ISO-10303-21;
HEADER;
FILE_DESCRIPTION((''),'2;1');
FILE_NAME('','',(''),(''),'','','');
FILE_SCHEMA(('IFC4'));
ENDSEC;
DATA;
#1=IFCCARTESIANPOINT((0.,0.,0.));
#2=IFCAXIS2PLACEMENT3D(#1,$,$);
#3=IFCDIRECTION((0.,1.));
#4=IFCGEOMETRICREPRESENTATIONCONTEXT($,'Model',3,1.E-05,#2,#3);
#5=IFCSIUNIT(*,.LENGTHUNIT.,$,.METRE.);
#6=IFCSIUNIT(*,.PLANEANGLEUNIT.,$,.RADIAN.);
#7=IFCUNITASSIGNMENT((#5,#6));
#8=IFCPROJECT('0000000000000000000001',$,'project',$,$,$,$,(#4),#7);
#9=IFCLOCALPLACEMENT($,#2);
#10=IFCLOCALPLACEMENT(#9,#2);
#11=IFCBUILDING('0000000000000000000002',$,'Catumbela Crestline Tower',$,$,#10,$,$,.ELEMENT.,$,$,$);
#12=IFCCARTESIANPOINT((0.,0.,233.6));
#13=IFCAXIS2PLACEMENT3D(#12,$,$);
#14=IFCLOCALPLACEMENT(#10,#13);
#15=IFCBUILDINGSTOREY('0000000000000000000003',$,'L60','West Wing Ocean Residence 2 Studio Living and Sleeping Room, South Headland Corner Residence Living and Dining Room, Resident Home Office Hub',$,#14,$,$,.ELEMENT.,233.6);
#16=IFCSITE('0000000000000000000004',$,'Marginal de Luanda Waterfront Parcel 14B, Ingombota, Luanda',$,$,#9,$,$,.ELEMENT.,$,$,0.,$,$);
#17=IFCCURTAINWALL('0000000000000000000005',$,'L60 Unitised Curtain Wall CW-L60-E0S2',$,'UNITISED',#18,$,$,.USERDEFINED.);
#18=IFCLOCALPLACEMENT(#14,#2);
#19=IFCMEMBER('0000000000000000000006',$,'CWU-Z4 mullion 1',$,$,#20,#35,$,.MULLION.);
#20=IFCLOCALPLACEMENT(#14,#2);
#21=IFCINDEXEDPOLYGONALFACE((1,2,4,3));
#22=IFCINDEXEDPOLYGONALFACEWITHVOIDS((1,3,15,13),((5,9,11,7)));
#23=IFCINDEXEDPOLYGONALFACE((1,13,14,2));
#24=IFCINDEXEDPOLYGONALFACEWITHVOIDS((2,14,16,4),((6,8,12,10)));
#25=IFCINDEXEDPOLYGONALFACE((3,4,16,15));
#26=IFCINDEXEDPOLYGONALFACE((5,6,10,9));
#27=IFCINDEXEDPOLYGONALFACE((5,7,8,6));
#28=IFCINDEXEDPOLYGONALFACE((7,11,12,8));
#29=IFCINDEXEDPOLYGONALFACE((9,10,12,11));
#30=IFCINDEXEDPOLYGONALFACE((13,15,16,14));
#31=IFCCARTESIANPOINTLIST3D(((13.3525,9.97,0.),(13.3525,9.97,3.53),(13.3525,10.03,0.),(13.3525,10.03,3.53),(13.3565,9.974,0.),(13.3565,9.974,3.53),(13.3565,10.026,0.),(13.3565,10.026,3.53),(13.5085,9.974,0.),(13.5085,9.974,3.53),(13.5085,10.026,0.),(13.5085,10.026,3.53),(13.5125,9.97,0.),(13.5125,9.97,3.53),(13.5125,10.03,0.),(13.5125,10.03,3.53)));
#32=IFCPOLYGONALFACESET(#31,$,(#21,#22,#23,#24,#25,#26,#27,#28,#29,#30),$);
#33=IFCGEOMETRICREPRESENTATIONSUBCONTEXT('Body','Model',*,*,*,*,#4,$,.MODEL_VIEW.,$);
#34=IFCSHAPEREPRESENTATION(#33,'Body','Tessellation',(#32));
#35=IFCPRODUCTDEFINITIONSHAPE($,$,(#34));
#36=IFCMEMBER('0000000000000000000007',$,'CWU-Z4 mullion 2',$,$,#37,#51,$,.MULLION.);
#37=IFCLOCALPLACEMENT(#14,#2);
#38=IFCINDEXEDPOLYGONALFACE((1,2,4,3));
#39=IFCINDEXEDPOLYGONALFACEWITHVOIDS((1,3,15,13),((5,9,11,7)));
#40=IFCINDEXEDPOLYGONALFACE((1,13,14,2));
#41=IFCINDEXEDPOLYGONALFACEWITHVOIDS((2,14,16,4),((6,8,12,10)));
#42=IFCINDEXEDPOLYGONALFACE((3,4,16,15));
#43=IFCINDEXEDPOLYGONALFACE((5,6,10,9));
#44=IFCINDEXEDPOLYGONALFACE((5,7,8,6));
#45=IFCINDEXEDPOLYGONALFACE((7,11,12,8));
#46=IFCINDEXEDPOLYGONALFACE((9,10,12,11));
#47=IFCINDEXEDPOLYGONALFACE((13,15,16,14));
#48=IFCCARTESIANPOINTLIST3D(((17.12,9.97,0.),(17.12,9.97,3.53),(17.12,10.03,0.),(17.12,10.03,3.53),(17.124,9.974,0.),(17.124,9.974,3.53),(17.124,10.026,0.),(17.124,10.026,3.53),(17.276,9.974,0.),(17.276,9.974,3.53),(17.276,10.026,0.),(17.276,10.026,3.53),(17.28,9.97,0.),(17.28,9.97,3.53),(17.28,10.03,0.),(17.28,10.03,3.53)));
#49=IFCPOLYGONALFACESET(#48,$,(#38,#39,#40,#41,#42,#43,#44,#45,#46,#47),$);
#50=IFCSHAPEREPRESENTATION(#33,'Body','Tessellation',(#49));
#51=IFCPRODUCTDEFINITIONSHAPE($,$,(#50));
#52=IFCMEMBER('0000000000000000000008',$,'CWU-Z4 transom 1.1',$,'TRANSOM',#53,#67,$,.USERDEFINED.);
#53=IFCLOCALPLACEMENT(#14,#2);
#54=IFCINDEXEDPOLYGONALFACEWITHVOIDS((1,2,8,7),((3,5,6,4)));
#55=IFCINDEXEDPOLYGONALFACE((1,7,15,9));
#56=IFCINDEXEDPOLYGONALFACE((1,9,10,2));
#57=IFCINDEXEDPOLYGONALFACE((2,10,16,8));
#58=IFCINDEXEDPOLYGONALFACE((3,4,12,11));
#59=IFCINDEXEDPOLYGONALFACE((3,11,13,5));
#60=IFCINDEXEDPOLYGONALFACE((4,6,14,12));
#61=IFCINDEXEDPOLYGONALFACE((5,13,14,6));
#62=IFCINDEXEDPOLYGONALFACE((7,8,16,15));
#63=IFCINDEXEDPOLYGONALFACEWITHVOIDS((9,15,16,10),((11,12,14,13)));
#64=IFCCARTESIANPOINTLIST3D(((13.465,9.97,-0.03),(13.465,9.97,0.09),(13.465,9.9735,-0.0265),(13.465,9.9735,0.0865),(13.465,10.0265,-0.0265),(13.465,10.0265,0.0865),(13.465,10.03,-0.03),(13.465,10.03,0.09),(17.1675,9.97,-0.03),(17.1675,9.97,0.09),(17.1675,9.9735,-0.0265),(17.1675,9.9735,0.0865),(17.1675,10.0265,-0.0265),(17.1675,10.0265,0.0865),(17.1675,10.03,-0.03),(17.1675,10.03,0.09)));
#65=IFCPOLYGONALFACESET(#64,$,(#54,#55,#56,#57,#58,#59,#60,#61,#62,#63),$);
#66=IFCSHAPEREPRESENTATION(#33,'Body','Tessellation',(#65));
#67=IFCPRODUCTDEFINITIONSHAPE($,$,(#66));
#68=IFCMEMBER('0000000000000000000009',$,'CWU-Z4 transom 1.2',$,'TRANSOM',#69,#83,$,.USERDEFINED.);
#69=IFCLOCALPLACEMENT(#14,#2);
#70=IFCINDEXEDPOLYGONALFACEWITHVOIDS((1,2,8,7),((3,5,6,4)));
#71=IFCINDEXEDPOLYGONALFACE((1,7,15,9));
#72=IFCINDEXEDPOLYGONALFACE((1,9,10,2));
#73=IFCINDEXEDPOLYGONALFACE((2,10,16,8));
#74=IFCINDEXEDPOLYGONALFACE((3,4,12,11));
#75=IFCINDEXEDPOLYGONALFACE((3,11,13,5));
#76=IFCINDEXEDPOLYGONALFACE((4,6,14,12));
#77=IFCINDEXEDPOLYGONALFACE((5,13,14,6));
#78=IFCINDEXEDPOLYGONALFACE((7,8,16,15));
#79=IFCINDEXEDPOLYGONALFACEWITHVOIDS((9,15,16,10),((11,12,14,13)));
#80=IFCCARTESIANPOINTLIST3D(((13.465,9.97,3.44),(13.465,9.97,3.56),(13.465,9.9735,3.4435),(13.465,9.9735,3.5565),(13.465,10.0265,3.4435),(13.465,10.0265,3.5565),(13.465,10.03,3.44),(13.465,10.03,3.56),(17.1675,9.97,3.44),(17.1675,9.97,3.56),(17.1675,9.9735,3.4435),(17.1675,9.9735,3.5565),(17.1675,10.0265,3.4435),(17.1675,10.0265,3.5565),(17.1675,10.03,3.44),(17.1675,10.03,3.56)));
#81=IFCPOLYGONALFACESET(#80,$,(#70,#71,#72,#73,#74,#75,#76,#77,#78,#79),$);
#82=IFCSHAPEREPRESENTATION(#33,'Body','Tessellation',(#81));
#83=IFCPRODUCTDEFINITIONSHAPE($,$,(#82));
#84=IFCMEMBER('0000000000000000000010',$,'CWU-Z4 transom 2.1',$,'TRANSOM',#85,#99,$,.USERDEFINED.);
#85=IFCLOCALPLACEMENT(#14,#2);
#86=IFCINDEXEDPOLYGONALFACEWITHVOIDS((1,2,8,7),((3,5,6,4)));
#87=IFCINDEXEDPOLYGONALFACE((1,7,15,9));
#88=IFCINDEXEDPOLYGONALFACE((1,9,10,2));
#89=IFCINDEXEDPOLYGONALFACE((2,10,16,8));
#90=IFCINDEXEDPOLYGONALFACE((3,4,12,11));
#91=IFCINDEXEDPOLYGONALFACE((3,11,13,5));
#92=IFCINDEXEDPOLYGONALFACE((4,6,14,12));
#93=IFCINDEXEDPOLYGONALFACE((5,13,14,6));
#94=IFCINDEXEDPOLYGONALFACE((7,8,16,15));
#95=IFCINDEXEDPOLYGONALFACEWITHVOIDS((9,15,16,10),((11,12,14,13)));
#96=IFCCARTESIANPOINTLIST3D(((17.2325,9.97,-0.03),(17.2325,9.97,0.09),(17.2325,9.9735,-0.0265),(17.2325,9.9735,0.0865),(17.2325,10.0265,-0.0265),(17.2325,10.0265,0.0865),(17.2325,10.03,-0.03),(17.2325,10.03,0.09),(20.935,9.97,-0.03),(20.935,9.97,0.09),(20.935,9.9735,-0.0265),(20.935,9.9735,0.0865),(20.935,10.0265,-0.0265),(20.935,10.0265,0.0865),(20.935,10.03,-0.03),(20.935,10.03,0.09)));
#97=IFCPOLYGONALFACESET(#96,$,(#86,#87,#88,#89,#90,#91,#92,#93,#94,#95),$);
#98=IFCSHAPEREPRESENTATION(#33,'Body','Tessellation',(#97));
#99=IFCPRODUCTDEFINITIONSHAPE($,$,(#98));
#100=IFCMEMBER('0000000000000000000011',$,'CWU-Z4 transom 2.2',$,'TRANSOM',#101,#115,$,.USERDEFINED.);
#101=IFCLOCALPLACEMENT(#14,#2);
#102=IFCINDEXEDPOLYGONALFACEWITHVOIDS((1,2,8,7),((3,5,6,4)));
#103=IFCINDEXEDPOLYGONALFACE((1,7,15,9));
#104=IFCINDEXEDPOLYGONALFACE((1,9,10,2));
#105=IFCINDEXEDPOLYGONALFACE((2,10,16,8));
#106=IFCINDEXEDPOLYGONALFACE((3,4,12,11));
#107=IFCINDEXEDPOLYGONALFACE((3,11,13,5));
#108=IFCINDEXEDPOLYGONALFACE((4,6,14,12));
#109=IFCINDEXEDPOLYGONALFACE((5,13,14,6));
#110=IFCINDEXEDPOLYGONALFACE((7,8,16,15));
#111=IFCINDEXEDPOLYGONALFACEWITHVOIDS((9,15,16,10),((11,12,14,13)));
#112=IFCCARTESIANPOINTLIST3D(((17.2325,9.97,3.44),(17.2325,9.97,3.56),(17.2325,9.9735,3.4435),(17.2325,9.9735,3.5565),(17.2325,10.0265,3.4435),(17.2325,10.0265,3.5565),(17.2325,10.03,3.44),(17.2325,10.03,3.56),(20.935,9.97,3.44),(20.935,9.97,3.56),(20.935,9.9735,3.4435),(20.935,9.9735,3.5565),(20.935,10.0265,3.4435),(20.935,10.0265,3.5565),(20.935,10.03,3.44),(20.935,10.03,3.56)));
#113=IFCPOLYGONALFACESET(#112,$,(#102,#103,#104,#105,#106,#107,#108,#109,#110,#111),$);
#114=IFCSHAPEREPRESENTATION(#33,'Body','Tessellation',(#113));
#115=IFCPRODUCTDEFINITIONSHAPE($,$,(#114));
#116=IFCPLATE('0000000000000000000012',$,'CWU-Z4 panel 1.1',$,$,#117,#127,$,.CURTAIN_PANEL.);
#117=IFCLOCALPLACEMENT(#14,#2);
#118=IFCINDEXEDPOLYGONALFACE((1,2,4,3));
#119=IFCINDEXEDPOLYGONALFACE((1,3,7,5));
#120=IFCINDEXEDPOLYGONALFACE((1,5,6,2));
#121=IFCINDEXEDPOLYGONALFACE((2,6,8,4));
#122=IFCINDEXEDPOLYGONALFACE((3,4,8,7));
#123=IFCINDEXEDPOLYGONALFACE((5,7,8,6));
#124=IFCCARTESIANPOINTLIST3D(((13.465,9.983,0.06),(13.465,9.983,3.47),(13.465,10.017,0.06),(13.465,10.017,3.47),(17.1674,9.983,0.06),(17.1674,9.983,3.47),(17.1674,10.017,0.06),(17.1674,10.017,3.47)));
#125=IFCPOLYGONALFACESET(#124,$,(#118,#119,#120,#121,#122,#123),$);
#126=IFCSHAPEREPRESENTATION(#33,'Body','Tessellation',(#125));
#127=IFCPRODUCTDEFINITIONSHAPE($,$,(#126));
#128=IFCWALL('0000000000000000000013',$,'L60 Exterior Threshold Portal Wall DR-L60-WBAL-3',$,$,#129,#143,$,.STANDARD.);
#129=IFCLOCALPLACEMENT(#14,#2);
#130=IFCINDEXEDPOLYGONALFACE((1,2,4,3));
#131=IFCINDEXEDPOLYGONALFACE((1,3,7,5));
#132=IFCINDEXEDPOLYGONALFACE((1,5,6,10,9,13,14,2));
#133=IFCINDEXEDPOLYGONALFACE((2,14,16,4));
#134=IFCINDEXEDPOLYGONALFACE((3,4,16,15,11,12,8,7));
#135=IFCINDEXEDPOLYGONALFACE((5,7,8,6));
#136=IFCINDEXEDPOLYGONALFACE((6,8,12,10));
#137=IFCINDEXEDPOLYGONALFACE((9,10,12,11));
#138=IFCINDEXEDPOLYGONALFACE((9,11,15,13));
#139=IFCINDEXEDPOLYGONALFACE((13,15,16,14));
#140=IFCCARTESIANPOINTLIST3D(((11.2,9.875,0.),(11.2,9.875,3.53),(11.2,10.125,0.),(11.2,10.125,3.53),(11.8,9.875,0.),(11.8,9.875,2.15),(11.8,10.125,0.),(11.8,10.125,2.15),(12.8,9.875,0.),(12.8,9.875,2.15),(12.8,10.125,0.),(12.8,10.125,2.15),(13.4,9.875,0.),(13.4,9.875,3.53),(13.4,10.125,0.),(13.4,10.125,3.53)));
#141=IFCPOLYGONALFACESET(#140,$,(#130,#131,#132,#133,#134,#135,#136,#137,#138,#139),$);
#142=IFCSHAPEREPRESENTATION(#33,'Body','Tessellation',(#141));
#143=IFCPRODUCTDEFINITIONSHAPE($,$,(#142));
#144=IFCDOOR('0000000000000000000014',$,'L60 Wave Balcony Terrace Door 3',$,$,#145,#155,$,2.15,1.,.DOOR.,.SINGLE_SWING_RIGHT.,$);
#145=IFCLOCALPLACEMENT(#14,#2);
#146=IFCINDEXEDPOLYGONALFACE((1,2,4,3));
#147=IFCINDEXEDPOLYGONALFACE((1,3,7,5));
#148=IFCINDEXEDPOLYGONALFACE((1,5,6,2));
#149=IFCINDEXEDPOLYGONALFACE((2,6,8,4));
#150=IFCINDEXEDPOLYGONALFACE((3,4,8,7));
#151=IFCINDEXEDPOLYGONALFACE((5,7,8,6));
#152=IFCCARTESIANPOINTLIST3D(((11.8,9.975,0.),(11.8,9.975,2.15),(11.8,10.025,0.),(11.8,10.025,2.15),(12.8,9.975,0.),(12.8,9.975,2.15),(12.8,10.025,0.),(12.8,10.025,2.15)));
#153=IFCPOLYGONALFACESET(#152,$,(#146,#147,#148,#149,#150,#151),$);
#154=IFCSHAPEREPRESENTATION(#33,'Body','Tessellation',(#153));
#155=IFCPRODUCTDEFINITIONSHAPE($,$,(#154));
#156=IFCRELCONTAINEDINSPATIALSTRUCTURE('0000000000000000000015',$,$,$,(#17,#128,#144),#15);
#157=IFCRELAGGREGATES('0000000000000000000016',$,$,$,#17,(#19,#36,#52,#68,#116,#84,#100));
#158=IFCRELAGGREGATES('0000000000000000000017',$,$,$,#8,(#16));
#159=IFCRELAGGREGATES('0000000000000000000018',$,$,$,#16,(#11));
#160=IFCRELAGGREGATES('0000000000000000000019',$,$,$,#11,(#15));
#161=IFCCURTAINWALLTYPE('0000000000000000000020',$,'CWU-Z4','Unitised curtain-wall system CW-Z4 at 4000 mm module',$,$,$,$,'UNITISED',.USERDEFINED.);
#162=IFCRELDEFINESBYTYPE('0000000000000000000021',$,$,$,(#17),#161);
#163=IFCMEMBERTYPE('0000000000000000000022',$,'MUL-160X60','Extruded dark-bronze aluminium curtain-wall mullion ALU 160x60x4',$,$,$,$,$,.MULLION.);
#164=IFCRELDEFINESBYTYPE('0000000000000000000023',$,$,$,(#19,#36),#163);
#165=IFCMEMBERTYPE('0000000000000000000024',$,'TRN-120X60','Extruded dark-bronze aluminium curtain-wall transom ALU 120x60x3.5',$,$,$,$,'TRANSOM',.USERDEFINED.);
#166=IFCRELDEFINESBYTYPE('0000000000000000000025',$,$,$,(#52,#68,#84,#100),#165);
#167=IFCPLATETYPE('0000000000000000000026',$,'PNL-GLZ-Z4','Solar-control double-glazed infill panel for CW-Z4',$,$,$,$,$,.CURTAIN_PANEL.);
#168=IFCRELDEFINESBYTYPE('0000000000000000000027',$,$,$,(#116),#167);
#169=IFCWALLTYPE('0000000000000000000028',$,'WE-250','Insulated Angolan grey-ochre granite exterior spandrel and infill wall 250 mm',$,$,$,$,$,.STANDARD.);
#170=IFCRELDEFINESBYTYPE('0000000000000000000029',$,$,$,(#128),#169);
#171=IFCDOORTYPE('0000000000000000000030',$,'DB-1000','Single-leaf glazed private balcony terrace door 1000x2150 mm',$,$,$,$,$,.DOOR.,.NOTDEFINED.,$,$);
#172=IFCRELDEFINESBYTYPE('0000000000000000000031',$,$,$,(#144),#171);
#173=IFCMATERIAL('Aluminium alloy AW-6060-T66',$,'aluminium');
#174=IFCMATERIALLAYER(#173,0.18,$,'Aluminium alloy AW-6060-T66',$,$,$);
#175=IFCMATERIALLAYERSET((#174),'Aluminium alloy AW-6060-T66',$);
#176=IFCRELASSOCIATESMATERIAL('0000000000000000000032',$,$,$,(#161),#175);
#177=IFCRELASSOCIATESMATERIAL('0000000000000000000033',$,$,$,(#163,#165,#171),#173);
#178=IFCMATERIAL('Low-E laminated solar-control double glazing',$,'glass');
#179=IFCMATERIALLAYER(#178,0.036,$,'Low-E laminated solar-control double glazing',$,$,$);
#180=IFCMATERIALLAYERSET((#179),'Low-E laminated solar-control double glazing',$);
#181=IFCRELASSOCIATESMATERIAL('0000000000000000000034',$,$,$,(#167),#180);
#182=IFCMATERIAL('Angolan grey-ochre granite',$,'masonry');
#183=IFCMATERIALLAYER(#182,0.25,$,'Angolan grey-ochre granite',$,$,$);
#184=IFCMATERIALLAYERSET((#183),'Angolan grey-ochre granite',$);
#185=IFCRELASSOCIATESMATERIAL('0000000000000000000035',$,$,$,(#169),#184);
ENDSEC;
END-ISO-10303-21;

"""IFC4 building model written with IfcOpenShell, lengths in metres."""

from ifc_helpers import new_model, si_unit, direction, frame, frame_2d, origin, origin_2d, place, context, subcontext, project, spatial, rectangle, hollow_rectangle, extrude, material, layer, layer_set, material_profile, profile_set, type_object, element, fill, aggregate, save


model = new_model("IFC4")

# Units and contexts
model_context = context("Model", 3, precision=1e-05, world=origin(), true_north=direction((0.0, 1.0)))
body_context = subcontext(model_context, "Body", "Model", "MODEL_VIEW")
ifc_project = project(units=[si_unit("LENGTHUNIT", "METRE"), si_unit("PLANEANGLEUNIT", "RADIAN")], contexts=[model_context])

# Site, building, storey
site_placement = place(None, origin())
site = spatial("IfcSite", under=ifc_project, at=site_placement, Name="Marginal de Luanda Waterfront Parcel 14B, Ingombota, Luanda", CompositionType="ELEMENT", RefElevation=0.0)
building_placement = place(site_placement, origin())
building = spatial("IfcBuilding", under=site, at=building_placement, Name="Catumbela Crestline Tower", CompositionType="ELEMENT")
storey_placement = place(building_placement, frame((0.0, 0.0, 233.6)))
storey = spatial("IfcBuildingStorey", under=building, at=storey_placement, Name="L60", Description="West Wing Ocean Residence 2 Studio Living and Sleeping Room, South Headland Corner Residence Living and Dining Room, Resident Home Office Hub", CompositionType="ELEMENT", Elevation=233.6)

# Curtain wall, members, plate
ifc_material_1 = material(Name="Aluminium alloy AW-6060-T66", Category="aluminium")
ifc_layer_1 = layer(ifc_material_1, 0.18, Name="Aluminium alloy AW-6060-T66")
ifc_layer_set_1 = layer_set([ifc_layer_1], Name="Aluminium alloy AW-6060-T66")
curtain_wall_type = type_object("IfcCurtainWallType", Name="CWU-Z4", Description="Unitised curtain-wall system CW-Z4 at 4000 mm module", ElementType="UNITISED", PredefinedType="USERDEFINED", material=ifc_layer_set_1)
curtain_wall_placement = place(storey_placement, origin())
curtain_wall = element("IfcCurtainWall", 1, at=curtain_wall_placement, inside=storey, type_object=curtain_wall_type, Name="L60 Unitised Curtain Wall CW-L60-E0S2", ObjectType="UNITISED", PredefinedType="USERDEFINED")
ifc_material_profile_1 = material_profile(ifc_material_1, hollow_rectangle(XDim=0.06, YDim=0.16, WallThickness=0.004, at=origin_2d()), Name="ALU 160x60x4")
ifc_profile_set_1 = profile_set([ifc_material_profile_1], Name="Aluminium alloy AW-6060-T66")
member_type_1 = type_object("IfcMemberType", Name="MUL-160X60", Description="Extruded dark-bronze aluminium curtain-wall mullion ALU 160x60x4", PredefinedType="MULLION", material=ifc_profile_set_1)
member_1_placement = place(storey_placement, frame((13.4325, 10.0, 0.0), z_axis=(0.0, 0.0, 1.0), x_axis=(0.0, 1.0, 0.0)))
member_1 = element("IfcMember", 2, at=member_1_placement, type_object=member_type_1, Name="CWU-Z4 mullion 1", PredefinedType="MULLION", context=body_context, shape_type="SweptSolid", body=[
    extrude(hollow_rectangle(XDim=0.06, YDim=0.16, WallThickness=0.004, at=origin_2d()), origin(), (0.0, 0.0, 1.0), 3.53),
])
member_2_placement = place(storey_placement, frame((17.2, 10.0, 0.0), z_axis=(0.0, 0.0, 1.0), x_axis=(0.0, 1.0, 0.0)))
member_2 = element("IfcMember", 3, at=member_2_placement, type_object=member_type_1, Name="CWU-Z4 mullion 2", PredefinedType="MULLION", context=body_context, shape_type="SweptSolid", body=[
    extrude(hollow_rectangle(XDim=0.06, YDim=0.16, WallThickness=0.004, at=origin_2d()), origin(), (0.0, 0.0, 1.0), 3.53),
])
ifc_material_profile_2 = material_profile(ifc_material_1, hollow_rectangle(XDim=0.06, YDim=0.12, WallThickness=0.0035, at=origin_2d()), Name="ALU 120x60x3.5")
ifc_profile_set_2 = profile_set([ifc_material_profile_2], Name="Aluminium alloy AW-6060-T66")
member_type_2 = type_object("IfcMemberType", Name="TRN-120X60", Description="Extruded dark-bronze aluminium curtain-wall transom ALU 120x60x3.5", ElementType="TRANSOM", PredefinedType="USERDEFINED", material=ifc_profile_set_2)
member_3_placement = place(storey_placement, frame((13.465, 10.0, 0.03), z_axis=(1.0, 0.0, 0.0), x_axis=(0.0, 1.0, 0.0)))
member_3 = element("IfcMember", 4, at=member_3_placement, type_object=member_type_2, Name="CWU-Z4 transom 1.1", ObjectType="TRANSOM", PredefinedType="USERDEFINED", context=body_context, shape_type="SweptSolid", body=[
    extrude(hollow_rectangle(XDim=0.06, YDim=0.12, WallThickness=0.0035, at=origin_2d()), origin(), (0.0, 0.0, 1.0), 3.7025),
])
member_4_placement = place(storey_placement, frame((13.465, 10.0, 3.5), z_axis=(1.0, 0.0, 0.0), x_axis=(0.0, 1.0, 0.0)))
member_4 = element("IfcMember", 5, at=member_4_placement, type_object=member_type_2, Name="CWU-Z4 transom 1.2", ObjectType="TRANSOM", PredefinedType="USERDEFINED", context=body_context, shape_type="SweptSolid", body=[
    extrude(hollow_rectangle(XDim=0.06, YDim=0.12, WallThickness=0.0035, at=origin_2d()), origin(), (0.0, 0.0, 1.0), 3.7025),
])
member_5_placement = place(storey_placement, frame((17.2325, 10.0, 0.03), z_axis=(1.0, 0.0, 0.0), x_axis=(0.0, 1.0, 0.0)))
member_5 = element("IfcMember", 6, at=member_5_placement, type_object=member_type_2, Name="CWU-Z4 transom 2.1", ObjectType="TRANSOM", PredefinedType="USERDEFINED", context=body_context, shape_type="SweptSolid", body=[
    extrude(hollow_rectangle(XDim=0.06, YDim=0.12, WallThickness=0.0035, at=origin_2d()), origin(), (0.0, 0.0, 1.0), 3.7025),
])
member_6_placement = place(storey_placement, frame((17.2325, 10.0, 3.5), z_axis=(1.0, 0.0, 0.0), x_axis=(0.0, 1.0, 0.0)))
member_6 = element("IfcMember", 7, at=member_6_placement, type_object=member_type_2, Name="CWU-Z4 transom 2.2", ObjectType="TRANSOM", PredefinedType="USERDEFINED", context=body_context, shape_type="SweptSolid", body=[
    extrude(hollow_rectangle(XDim=0.06, YDim=0.12, WallThickness=0.0035, at=origin_2d()), origin(), (0.0, 0.0, 1.0), 3.7025),
])
ifc_material_2 = material(Name="Low-E laminated solar-control double glazing", Category="glass")
ifc_layer_2 = layer(ifc_material_2, 0.036, Name="Low-E laminated solar-control double glazing")
ifc_layer_set_2 = layer_set([ifc_layer_2], Name="Low-E laminated solar-control double glazing")
plate_type = type_object("IfcPlateType", Name="PNL-GLZ-Z4", Description="Solar-control double-glazed infill panel for CW-Z4", PredefinedType="CURTAIN_PANEL", material=ifc_layer_set_2)
plate_placement = place(storey_placement, frame((15.3162, 10.0, 0.06), z_axis=(0.0, 0.0, 1.0), x_axis=(1.0, 0.0, 0.0)))
plate = element("IfcPlate", 8, at=plate_placement, type_object=plate_type, Name="CWU-Z4 panel 1.1", PredefinedType="CURTAIN_PANEL", context=body_context, shape_type="SweptSolid", body=[
    extrude(rectangle(XDim=3.7025, YDim=0.034, at=origin_2d()), origin(), (0.0, 0.0, 1.0), 3.41),
])
aggregate(curtain_wall, [member_1, member_2, member_3, member_4, plate, member_5, member_6])

# Wall, opening, door
ifc_material_3 = material(Name="Angolan grey-ochre granite", Category="masonry")
ifc_layer_3 = layer(ifc_material_3, 0.25, Name="Angolan grey-ochre granite")
ifc_layer_set_3 = layer_set([ifc_layer_3], Name="Angolan grey-ochre granite")
wall_type = type_object("IfcWallType", Name="WE-250", Description="Insulated Angolan grey-ochre granite exterior spandrel and infill wall 250 mm", PredefinedType="STANDARD", material=ifc_layer_set_3)
wall_1_placement = place(storey_placement, frame((11.2, 10.0, 0.0), z_axis=(0.0, 0.0, 1.0), x_axis=(1.0, 0.0, 0.0)))
wall_1 = element("IfcWall", 9, at=wall_1_placement, inside=storey, type_object=wall_type, Name="L60 Exterior Threshold Portal Wall DR-L60-WBAL-3", PredefinedType="STANDARD", context=body_context, shape_type="SweptSolid", body=[
    extrude(rectangle(XDim=2.2, YDim=0.25, at=frame_2d((1.1, 0.0))), origin(), (0.0, 0.0, 1.0), 3.53),
])
opening_1_placement = place(wall_1_placement, frame((0.6, 0.0, 0.0)))
opening_1 = element("IfcOpeningElement", 10, at=opening_1_placement, cuts=wall_1, PredefinedType="OPENING", context=body_context, shape_type="SweptSolid", body=[
    extrude(rectangle(XDim=1.0, YDim=2.15, at=frame_2d((0.5, 1.075))), frame((0.0, 0.135, 0.0), z_axis=(0.0, -1.0, 0.0), x_axis=(1.0, 0.0, 0.0)), (0.0, 0.0, 1.0), 0.27),
])
door_type = type_object("IfcDoorType", Name="DB-1000", Description="Single-leaf glazed private balcony terrace door 1000x2150 mm", OperationType="NOTDEFINED", PredefinedType="DOOR", material=ifc_material_1)
door_placement = place(opening_1_placement, origin())
door = element("IfcDoor", 11, at=door_placement, inside=storey, type_object=door_type, Name="L60 Wave Balcony Terrace Door 3", OperationType="SINGLE_SWING_RIGHT", OverallHeight=2.15, OverallWidth=1.0, PredefinedType="DOOR", context=body_context, shape_type="SweptSolid", body=[
    extrude(rectangle(XDim=1.0, YDim=2.15, at=frame_2d((0.5, 1.075))), frame((0.0, 0.025, 0.0), z_axis=(0.0, -1.0, 0.0), x_axis=(1.0, 0.0, 0.0)), (0.0, 0.0, 1.0), 0.05),
])
fill(opening_1, door)

save(model, "model.ifc")
